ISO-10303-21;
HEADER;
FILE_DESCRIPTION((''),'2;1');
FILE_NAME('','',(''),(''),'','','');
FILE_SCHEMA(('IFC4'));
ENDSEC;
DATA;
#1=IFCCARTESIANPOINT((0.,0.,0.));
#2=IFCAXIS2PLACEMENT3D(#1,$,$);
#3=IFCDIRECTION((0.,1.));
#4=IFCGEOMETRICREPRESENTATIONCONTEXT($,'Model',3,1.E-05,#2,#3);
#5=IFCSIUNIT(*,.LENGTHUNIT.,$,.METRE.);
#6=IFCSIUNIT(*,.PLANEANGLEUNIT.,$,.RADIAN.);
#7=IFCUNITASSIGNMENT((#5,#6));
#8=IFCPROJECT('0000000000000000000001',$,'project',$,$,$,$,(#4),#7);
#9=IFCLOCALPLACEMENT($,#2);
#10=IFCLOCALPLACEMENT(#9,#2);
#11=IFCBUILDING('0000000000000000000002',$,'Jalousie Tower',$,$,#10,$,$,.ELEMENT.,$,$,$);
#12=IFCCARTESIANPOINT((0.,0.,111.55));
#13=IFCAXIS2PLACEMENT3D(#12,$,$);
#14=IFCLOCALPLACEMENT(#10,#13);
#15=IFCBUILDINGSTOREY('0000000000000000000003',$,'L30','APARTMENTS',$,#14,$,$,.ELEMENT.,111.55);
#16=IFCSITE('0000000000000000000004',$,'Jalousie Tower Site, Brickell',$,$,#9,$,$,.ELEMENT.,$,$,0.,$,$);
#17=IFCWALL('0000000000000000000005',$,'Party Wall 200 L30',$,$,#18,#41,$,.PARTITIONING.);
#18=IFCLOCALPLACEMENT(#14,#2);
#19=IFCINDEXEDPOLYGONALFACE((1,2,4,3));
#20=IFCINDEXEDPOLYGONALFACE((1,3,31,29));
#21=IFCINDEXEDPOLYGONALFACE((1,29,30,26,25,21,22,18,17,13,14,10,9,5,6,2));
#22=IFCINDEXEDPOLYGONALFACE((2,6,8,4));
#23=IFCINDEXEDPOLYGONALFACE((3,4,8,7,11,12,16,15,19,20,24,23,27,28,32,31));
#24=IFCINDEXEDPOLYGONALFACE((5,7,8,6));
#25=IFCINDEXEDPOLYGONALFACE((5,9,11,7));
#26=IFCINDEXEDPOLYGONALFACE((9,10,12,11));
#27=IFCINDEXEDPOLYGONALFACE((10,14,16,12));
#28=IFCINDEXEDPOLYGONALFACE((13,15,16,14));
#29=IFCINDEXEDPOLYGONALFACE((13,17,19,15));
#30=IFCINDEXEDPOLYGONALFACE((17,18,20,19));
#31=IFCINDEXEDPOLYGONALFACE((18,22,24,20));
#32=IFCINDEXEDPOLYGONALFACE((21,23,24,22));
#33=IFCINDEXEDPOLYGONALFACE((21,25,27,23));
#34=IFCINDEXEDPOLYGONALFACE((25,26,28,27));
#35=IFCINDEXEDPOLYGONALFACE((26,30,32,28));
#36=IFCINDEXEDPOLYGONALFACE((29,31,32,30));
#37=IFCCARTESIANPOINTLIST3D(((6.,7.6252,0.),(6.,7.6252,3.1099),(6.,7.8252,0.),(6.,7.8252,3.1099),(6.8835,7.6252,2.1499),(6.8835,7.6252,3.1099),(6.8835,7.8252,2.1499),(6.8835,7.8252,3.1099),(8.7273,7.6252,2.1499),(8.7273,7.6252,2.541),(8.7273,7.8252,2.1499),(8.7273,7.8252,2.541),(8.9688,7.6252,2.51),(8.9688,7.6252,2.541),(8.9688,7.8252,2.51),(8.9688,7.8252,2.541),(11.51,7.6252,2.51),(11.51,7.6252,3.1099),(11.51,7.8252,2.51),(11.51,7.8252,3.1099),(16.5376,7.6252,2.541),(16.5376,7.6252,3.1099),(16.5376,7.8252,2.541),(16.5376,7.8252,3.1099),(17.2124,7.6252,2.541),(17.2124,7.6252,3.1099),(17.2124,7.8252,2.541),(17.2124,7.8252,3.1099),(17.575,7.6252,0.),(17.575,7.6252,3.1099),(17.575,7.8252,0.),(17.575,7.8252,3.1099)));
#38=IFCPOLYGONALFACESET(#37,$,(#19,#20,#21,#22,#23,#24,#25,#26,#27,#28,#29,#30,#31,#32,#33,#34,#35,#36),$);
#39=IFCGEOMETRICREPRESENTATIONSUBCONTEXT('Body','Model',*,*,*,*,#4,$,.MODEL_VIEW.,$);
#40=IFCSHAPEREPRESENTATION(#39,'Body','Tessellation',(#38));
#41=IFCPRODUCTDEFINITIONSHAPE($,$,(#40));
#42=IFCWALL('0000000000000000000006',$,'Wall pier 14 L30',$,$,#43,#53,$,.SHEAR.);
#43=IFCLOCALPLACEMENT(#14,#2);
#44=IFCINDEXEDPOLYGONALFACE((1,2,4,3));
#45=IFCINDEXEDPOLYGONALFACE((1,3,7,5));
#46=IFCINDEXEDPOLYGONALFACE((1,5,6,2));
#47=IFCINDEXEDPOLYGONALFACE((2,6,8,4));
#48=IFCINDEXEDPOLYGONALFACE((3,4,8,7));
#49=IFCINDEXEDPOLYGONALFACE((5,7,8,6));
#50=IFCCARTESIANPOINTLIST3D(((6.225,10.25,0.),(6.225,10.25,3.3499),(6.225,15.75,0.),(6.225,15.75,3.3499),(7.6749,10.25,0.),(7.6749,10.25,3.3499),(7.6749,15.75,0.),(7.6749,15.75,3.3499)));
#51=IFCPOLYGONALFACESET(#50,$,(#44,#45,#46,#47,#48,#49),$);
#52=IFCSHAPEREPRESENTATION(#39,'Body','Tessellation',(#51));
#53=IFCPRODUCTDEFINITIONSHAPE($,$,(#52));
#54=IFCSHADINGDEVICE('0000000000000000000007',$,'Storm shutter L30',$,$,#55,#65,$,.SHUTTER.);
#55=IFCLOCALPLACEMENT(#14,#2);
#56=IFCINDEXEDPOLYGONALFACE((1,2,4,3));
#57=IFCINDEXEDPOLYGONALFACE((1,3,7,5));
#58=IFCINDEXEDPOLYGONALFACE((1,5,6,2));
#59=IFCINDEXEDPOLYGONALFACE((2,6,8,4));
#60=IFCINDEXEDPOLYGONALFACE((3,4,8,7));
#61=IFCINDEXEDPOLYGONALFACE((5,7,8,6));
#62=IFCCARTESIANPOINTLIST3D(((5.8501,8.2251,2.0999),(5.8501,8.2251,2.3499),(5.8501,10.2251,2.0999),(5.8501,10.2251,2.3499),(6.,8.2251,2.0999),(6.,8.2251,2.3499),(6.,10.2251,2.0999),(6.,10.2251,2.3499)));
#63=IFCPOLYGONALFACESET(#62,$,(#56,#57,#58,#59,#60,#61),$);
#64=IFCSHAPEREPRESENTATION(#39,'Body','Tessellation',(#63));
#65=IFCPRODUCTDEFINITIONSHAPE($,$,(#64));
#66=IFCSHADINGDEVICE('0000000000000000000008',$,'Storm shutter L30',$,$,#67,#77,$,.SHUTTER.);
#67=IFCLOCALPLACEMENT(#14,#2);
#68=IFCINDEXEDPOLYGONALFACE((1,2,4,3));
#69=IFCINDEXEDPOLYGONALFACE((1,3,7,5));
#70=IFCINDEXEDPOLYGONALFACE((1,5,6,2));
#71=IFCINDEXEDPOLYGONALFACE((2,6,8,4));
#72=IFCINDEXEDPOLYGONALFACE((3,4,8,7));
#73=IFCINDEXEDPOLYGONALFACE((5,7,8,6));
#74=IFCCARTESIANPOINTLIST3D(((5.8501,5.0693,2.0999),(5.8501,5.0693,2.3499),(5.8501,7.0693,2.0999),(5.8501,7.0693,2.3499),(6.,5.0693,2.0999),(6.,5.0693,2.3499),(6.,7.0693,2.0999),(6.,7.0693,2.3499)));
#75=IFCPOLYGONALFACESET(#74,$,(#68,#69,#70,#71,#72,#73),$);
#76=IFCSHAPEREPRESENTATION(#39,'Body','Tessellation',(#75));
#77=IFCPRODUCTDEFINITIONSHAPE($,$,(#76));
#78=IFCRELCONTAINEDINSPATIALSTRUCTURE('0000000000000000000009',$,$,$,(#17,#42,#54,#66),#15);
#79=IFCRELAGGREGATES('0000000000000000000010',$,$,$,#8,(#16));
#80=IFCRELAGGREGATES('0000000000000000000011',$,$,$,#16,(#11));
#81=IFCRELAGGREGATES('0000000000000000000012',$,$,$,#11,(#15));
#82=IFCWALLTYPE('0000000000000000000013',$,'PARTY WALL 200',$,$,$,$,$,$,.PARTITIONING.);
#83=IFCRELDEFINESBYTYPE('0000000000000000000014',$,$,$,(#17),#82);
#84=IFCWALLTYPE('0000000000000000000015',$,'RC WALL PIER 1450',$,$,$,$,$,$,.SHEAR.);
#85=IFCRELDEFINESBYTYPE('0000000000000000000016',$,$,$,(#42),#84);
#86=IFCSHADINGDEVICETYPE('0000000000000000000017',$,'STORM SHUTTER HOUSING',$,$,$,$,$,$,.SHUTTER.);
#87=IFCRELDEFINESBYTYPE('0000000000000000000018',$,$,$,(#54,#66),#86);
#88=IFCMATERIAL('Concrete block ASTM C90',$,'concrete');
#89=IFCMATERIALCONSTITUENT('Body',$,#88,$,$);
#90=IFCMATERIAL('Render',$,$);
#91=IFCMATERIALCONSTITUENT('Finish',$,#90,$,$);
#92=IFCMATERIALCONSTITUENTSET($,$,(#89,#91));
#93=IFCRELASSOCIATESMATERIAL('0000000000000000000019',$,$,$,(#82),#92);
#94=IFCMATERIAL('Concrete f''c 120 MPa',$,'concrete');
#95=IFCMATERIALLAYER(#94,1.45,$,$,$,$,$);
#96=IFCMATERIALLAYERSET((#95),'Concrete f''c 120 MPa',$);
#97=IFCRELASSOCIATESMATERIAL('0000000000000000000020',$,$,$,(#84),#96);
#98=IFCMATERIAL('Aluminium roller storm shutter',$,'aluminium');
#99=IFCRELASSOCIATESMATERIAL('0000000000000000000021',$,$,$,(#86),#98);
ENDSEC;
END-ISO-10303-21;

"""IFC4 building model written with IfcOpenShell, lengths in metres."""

from ifc_helpers import new_model, si_unit, direction, frame, frame_2d, origin, origin_2d, place, context, subcontext, project, spatial, polyline, rectangle, outline, extrude, material, layer, layer_set, constituent, constituent_set, type_object, element, save


model = new_model("IFC4")

# Units and contexts
model_context = context("Model", 3, precision=1e-05, world=origin(), true_north=direction((0.0, 1.0)))
body_context = subcontext(model_context, "Body", "Model", "MODEL_VIEW")
ifc_project = project(units=[si_unit("LENGTHUNIT", "METRE"), si_unit("PLANEANGLEUNIT", "RADIAN")], contexts=[model_context])

# Site, building, storey
site_placement = place(None, origin())
site = spatial("IfcSite", under=ifc_project, at=site_placement, Name="Jalousie Tower Site, Brickell", CompositionType="ELEMENT", RefElevation=0.0)
building_placement = place(site_placement, origin())
building = spatial("IfcBuilding", under=site, at=building_placement, Name="Jalousie Tower", CompositionType="ELEMENT")
storey_placement = place(building_placement, frame((0.0, 0.0, 111.55)))
storey = spatial("IfcBuildingStorey", under=building, at=storey_placement, Name="L30", Description="APARTMENTS", CompositionType="ELEMENT", Elevation=111.55)

# Walls
ifc_material_1 = material(Name="Concrete block ASTM C90", Category="concrete")
ifc_constituent_1 = constituent(ifc_material_1, Name="Body")
ifc_material_2 = material(Name="Render")
ifc_constituent_2 = constituent(ifc_material_2, Name="Finish")
ifc_constituent_set_1 = constituent_set(constituents=[ifc_constituent_1, ifc_constituent_2])
wall_type_1 = type_object("IfcWallType", Name="PARTY WALL 200", PredefinedType="PARTITIONING", material=ifc_constituent_set_1)
wall_1_placement = place(storey_placement, frame((6.0, 7.7251, 0.0), z_axis=(0.0, 0.0, 1.0), x_axis=(1.0, 0.0, 0.0)))
element("IfcWall", 1, at=wall_1_placement, inside=storey, type_object=wall_type_1, Name="Party Wall 200 L30", PredefinedType="PARTITIONING", context=body_context, shape_type="SweptSolid", body=[
    extrude(outline(polyline([(0.0, 0.0), (11.575, 0.0), (11.575, 3.1099), (11.2124, 3.1099), (11.2124, 2.541), (10.5376, 2.541), (10.5376, 3.1099), (5.51, 3.1099), (5.51, 2.51), (2.9688, 2.51), (2.9688, 2.541), (2.7273, 2.541), (2.7273, 2.1499), (0.8835, 2.1499), (0.8835, 3.1099), (0.0, 3.1099), (0.0, 0.0)])), frame((0.0, 0.1001, 0.0), z_axis=(0.0, -1.0, 0.0), x_axis=(1.0, 0.0, 0.0)), (0.0, 0.0, 1.0), 0.2),
])
ifc_material_3 = material(Name="Concrete f'c 120 MPa", Category="concrete")
ifc_layer_1 = layer(ifc_material_3, 1.45)
ifc_layer_set_1 = layer_set([ifc_layer_1], Name="Concrete f'c 120 MPa")
wall_type_2 = type_object("IfcWallType", Name="RC WALL PIER 1450", PredefinedType="SHEAR", material=ifc_layer_set_1)
wall_2_placement = place(storey_placement, frame((6.95, 10.25, 0.0), z_axis=(0.0, 0.0, 1.0), x_axis=(0.0, 1.0, 0.0)))
element("IfcWall", 2, at=wall_2_placement, inside=storey, type_object=wall_type_2, Name="Wall pier 14 L30", PredefinedType="SHEAR", context=body_context, shape_type="SweptSolid", body=[
    extrude(rectangle(XDim=5.5, YDim=1.45, at=frame_2d((2.75, 0.0))), origin(), (0.0, 0.0, 1.0), 3.3499),
])

# Shading devices
ifc_material_4 = material(Name="Aluminium roller storm shutter", Category="aluminium")
shading_device_type = type_object("IfcShadingDeviceType", Name="STORM SHUTTER HOUSING", PredefinedType="SHUTTER", material=ifc_material_4)
for number, where, z_axis, x_axis, name in (
    (3, (5.925, 9.2251, 2.0999), (0.0, 0.0, 1.0), (0.0, -1.0, 0.0), "Storm shutter L30"),
    (4, (5.925, 6.0693, 2.0999), (0.0, 0.0, 1.0), (0.0, -1.0, 0.0), "Storm shutter L30"),
):
    element("IfcShadingDevice", number, at=place(storey_placement, frame(where, z_axis=z_axis, x_axis=x_axis)), inside=storey, type_object=shading_device_type, Name=name, PredefinedType="SHUTTER", context=body_context, shape_type="SweptSolid", body=[
        extrude(rectangle(XDim=2.0, YDim=0.1499, at=origin_2d()), origin(), (0.0, 0.0, 1.0), 0.25),
    ])

save(model, "model.ifc")
